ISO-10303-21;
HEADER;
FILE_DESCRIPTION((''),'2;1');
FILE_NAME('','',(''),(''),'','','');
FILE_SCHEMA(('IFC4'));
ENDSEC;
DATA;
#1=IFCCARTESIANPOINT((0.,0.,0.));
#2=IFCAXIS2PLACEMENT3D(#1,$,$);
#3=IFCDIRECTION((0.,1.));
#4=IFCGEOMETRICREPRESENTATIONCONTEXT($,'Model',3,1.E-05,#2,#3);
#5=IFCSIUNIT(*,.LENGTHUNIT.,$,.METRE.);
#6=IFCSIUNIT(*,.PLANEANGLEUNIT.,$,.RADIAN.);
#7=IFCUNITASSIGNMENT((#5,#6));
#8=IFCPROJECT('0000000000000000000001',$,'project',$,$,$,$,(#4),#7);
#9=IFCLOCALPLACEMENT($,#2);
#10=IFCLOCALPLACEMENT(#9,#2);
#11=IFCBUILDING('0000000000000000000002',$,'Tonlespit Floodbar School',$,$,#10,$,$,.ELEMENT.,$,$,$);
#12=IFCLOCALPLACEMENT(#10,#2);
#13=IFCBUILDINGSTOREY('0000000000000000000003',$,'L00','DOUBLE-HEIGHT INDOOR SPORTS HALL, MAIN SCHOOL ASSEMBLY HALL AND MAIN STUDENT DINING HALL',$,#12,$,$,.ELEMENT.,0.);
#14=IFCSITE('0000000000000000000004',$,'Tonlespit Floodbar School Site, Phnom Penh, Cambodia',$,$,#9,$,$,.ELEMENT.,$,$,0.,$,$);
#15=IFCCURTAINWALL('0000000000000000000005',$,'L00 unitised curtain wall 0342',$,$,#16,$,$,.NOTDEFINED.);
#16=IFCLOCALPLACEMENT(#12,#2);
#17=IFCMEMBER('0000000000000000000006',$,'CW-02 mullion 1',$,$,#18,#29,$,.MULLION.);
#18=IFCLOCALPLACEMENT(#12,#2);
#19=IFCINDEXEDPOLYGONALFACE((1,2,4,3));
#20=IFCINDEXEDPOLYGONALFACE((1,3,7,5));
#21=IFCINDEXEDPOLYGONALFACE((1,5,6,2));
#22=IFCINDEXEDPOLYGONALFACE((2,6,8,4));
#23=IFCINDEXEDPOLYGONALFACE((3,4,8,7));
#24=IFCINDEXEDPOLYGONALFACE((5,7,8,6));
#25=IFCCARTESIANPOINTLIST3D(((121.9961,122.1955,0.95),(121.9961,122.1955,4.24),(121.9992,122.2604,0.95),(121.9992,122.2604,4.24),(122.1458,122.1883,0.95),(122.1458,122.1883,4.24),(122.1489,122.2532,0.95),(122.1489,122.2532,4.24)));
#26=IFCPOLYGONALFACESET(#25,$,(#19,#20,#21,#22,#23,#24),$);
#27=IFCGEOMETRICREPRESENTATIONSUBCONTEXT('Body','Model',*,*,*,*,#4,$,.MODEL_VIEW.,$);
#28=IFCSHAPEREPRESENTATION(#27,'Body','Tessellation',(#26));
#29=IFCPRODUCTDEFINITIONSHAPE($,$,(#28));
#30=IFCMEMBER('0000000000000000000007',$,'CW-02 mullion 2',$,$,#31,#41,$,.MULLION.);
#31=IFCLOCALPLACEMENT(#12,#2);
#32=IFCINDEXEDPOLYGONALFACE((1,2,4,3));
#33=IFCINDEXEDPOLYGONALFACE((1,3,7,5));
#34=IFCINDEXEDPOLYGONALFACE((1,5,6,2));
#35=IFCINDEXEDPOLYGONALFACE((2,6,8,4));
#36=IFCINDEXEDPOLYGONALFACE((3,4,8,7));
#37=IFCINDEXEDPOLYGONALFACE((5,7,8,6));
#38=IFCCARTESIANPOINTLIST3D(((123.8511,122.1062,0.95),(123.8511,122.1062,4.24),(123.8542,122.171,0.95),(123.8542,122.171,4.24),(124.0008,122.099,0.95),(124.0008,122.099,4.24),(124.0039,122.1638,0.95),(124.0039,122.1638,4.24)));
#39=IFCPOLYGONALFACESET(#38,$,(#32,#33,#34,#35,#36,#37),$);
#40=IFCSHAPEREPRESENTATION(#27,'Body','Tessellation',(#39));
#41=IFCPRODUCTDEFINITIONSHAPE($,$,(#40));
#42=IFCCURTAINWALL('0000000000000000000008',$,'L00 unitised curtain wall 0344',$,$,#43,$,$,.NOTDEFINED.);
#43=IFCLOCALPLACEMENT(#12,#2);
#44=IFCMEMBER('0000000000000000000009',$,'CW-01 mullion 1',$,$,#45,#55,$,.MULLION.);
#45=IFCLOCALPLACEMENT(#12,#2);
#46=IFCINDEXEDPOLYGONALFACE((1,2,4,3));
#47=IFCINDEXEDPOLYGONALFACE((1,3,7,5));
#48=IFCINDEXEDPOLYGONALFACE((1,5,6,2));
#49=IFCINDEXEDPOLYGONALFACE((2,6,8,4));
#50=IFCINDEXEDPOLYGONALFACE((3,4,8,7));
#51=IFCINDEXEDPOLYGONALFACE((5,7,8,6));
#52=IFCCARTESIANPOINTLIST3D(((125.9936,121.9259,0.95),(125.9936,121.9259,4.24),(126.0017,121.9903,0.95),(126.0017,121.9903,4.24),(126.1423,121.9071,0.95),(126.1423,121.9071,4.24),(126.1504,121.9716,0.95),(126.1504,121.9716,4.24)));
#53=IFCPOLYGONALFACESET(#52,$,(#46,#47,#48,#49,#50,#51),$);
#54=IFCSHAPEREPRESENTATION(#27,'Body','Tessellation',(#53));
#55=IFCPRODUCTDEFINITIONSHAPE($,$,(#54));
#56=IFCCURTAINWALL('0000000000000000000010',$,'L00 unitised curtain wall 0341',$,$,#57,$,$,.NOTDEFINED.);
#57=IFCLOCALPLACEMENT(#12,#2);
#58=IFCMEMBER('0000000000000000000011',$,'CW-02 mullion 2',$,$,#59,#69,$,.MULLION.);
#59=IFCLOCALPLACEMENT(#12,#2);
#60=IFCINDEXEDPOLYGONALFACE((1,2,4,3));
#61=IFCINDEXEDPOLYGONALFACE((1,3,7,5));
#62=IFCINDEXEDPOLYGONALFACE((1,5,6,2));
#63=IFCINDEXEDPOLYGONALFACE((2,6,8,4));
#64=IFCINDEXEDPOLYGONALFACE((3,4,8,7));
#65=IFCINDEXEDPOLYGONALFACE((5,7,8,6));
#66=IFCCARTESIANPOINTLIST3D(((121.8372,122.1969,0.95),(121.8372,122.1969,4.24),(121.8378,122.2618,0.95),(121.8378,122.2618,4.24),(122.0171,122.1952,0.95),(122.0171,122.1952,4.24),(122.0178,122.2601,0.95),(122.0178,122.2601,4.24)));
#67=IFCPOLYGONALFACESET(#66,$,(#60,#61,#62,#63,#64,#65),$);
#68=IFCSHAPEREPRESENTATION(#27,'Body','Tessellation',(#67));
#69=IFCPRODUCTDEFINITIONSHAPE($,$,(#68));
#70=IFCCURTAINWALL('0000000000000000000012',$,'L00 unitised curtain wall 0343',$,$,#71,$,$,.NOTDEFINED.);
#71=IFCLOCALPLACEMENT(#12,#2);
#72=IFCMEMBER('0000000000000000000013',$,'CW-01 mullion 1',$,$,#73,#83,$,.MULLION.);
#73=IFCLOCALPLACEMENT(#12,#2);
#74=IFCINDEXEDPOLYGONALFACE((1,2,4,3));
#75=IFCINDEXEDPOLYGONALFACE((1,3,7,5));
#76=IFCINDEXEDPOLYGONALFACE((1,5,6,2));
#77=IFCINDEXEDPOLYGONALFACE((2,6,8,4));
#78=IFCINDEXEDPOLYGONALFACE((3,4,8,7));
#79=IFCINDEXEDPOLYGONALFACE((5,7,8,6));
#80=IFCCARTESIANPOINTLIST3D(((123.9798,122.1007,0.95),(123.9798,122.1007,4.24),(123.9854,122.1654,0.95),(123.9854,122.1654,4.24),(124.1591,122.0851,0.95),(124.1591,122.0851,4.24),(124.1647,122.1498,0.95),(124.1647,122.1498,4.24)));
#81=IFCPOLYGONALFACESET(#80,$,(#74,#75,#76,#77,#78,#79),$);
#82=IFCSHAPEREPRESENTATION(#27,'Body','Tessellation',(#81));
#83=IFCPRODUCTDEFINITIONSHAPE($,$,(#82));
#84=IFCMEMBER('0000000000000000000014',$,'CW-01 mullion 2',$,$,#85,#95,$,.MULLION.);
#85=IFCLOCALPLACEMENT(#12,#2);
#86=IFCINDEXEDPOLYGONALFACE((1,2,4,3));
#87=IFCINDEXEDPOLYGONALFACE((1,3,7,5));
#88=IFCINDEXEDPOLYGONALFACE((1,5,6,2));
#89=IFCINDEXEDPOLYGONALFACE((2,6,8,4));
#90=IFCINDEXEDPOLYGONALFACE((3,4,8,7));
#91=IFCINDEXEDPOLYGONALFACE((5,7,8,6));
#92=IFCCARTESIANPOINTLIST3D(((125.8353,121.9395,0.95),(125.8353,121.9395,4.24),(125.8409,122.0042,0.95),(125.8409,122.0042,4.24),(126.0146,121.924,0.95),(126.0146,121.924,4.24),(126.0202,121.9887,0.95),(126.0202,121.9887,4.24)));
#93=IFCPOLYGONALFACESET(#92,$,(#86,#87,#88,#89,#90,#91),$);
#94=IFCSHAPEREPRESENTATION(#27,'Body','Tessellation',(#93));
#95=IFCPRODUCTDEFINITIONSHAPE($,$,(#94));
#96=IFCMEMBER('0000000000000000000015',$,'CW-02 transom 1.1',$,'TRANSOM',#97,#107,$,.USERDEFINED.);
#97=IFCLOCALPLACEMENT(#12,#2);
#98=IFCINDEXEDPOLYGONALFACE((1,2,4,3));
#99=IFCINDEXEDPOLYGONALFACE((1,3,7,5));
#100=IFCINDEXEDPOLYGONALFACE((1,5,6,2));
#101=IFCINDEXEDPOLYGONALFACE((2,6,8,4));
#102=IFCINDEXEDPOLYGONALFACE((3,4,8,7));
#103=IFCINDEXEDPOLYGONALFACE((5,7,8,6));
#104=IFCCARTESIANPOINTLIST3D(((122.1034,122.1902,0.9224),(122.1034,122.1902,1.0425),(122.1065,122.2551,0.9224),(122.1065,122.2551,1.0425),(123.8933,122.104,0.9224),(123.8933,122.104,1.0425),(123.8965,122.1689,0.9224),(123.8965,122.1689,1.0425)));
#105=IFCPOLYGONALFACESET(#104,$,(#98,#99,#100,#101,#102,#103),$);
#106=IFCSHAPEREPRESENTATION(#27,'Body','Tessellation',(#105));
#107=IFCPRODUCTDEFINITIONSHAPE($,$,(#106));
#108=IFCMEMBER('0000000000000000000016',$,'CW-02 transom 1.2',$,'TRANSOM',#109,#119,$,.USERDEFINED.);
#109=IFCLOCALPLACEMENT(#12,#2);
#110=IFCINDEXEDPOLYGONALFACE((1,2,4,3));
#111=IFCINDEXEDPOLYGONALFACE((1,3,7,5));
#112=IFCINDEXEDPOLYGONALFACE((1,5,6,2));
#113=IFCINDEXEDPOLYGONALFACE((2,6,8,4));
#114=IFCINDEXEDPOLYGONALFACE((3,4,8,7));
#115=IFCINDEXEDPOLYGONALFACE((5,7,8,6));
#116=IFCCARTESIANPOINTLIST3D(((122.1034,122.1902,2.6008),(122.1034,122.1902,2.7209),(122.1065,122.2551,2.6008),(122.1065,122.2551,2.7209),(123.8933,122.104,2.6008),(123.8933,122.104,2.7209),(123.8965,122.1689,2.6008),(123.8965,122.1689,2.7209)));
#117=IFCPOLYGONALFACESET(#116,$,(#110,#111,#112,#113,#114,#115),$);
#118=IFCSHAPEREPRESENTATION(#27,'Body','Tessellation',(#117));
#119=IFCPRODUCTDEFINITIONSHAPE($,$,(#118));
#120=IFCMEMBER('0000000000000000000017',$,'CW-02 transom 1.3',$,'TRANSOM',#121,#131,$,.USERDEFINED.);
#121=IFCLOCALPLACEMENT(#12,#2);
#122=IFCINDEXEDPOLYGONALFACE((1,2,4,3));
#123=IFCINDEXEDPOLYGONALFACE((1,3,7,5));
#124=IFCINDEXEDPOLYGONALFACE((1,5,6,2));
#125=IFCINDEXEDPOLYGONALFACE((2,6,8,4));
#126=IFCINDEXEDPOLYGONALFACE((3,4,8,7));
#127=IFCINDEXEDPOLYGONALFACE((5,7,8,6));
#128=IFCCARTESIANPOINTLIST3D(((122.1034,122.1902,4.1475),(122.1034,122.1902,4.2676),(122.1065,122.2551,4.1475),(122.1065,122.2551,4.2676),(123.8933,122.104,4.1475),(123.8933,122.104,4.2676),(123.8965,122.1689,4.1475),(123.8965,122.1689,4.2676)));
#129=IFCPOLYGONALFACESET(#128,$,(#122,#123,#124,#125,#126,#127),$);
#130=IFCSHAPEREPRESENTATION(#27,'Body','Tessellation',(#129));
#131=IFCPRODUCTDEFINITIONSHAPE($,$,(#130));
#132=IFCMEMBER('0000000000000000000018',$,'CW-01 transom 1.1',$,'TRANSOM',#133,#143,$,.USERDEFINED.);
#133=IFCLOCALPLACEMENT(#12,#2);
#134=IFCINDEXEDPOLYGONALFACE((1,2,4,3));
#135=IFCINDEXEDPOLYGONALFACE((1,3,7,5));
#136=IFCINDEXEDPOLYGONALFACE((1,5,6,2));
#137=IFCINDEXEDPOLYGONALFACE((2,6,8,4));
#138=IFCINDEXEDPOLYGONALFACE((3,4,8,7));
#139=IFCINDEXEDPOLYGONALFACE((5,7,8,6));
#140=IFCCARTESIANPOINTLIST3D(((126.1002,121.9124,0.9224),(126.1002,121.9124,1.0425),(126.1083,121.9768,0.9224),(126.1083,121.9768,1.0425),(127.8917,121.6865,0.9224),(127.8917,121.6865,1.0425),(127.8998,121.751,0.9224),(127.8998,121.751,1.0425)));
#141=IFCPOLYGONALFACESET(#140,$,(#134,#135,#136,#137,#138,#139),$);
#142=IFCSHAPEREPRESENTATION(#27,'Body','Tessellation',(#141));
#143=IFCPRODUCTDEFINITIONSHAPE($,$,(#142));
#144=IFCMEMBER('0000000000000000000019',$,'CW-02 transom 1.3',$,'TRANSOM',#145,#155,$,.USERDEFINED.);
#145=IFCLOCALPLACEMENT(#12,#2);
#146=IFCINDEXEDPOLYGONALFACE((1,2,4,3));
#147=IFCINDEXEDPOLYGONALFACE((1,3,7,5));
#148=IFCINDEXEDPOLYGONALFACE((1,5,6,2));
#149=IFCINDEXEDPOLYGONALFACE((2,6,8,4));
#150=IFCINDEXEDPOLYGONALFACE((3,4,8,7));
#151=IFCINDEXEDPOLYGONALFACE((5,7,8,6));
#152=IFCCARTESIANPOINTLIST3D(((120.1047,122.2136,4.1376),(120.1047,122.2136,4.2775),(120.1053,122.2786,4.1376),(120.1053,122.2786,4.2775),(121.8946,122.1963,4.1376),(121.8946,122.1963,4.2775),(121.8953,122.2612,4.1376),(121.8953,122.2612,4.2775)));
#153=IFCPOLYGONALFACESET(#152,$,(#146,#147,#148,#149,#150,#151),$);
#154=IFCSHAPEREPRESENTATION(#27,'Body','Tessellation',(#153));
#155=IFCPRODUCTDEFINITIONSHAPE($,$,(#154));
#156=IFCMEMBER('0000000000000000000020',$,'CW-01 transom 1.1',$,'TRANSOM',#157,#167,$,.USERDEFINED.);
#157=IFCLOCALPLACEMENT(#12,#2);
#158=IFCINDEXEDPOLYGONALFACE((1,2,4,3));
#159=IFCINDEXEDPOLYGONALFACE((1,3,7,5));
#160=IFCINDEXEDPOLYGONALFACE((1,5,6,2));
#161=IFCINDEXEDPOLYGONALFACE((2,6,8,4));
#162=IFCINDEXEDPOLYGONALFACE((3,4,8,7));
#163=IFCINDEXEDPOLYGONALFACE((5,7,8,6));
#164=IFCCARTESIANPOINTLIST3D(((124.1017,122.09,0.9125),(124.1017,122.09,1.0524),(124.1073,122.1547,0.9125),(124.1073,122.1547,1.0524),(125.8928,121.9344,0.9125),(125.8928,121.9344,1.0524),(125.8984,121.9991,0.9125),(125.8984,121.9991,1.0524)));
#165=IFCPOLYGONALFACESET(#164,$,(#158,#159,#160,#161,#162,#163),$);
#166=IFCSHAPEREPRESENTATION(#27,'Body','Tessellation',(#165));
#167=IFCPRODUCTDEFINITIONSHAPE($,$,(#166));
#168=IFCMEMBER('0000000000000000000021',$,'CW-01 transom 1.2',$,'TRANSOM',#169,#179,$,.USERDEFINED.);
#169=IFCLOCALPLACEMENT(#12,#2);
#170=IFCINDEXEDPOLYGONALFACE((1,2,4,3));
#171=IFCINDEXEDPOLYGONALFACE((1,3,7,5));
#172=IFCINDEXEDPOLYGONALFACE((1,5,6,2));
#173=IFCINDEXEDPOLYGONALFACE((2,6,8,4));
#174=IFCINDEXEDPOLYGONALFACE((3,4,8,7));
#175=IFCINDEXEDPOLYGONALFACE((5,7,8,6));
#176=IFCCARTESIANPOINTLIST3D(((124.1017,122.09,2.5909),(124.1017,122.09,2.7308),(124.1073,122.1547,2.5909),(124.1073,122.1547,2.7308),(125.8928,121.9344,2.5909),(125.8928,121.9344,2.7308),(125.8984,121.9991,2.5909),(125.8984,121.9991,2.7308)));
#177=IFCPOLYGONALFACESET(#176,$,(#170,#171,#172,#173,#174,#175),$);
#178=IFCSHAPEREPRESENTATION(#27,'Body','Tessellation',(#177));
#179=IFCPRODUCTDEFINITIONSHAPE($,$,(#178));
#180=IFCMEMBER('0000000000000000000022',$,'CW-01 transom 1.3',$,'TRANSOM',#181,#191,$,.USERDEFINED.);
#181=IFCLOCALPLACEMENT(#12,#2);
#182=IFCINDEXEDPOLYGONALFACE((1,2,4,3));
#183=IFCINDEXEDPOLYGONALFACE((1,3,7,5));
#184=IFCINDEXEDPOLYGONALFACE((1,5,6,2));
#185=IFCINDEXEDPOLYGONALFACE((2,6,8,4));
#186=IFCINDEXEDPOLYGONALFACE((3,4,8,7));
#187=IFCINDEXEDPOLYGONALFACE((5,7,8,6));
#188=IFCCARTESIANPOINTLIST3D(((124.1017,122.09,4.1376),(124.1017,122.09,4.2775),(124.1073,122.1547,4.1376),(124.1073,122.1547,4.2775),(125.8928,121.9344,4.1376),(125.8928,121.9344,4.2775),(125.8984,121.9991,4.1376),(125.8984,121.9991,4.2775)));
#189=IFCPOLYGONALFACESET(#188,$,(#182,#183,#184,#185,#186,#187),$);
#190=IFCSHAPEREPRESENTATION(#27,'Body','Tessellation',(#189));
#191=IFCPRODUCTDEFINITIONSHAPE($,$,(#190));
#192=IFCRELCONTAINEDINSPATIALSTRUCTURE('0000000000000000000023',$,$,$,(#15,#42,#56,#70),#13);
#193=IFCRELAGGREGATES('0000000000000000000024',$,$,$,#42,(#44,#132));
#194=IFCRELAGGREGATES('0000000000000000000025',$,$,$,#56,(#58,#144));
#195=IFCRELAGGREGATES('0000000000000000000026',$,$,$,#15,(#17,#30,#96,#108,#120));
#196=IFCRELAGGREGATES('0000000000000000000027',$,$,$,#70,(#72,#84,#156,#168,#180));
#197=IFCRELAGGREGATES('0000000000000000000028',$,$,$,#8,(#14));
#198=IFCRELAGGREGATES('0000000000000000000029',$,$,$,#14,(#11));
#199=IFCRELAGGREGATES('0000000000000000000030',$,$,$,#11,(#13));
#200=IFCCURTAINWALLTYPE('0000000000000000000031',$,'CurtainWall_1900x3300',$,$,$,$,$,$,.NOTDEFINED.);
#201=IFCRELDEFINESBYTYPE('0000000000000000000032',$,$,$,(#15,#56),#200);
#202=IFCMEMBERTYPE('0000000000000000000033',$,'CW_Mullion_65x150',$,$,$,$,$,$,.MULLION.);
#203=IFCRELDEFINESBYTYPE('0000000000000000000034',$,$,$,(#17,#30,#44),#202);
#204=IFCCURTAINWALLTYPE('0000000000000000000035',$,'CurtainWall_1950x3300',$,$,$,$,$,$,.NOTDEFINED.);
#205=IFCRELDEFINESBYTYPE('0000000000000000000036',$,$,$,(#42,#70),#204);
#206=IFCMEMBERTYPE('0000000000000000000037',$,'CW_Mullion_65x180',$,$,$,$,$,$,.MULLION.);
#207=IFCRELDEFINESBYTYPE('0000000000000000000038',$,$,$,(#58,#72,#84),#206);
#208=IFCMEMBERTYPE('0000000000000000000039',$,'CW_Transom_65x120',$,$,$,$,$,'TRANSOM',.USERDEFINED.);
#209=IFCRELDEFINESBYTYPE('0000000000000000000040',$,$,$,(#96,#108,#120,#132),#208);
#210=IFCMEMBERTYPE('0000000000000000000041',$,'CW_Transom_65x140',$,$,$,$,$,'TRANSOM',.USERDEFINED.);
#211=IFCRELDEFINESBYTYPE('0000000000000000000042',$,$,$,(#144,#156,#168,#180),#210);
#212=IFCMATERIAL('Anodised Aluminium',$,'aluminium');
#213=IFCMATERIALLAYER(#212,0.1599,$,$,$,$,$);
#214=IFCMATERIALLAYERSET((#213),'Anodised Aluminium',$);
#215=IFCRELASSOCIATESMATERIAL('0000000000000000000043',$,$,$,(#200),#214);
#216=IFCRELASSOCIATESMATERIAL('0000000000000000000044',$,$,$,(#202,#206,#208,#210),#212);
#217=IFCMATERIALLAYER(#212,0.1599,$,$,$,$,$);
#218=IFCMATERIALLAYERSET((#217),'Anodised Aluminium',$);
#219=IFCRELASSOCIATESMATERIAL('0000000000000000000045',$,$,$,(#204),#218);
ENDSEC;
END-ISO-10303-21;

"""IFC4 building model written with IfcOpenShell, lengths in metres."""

from ifc_helpers import new_model, si_unit, direction, frame, origin, origin_2d, place, context, subcontext, project, spatial, rectangle, extrude, material, layer, layer_set, material_profile, profile_set, type_object, element, aggregate, save


model = new_model("IFC4")

# Units and contexts
model_context = context("Model", 3, precision=1e-05, world=origin(), true_north=direction((0.0, 1.0)))
body_context = subcontext(model_context, "Body", "Model", "MODEL_VIEW")
ifc_project = project(units=[si_unit("LENGTHUNIT", "METRE"), si_unit("PLANEANGLEUNIT", "RADIAN")], contexts=[model_context])

# Site, building, storey
site_placement = place(None, origin())
site = spatial("IfcSite", under=ifc_project, at=site_placement, Name="Tonlespit Floodbar School Site, Phnom Penh, Cambodia", CompositionType="ELEMENT", RefElevation=0.0)
building_placement = place(site_placement, origin())
building = spatial("IfcBuilding", under=site, at=building_placement, Name="Tonlespit Floodbar School", CompositionType="ELEMENT")
storey_placement = place(building_placement, origin())
storey = spatial("IfcBuildingStorey", under=building, at=storey_placement, Name="L00", Description="DOUBLE-HEIGHT INDOOR SPORTS HALL, MAIN SCHOOL ASSEMBLY HALL AND MAIN STUDENT DINING HALL", CompositionType="ELEMENT", Elevation=0.0)

# Curtain wall, members
ifc_material_1 = material(Name="Anodised Aluminium", Category="aluminium")
ifc_layer_1 = layer(ifc_material_1, 0.1599)
ifc_layer_set_1 = layer_set([ifc_layer_1], Name="Anodised Aluminium")
curtain_wall_type_1 = type_object("IfcCurtainWallType", Name="CurtainWall_1900x3300", PredefinedType="NOTDEFINED", material=ifc_layer_set_1)
curtain_wall_1_placement = place(storey_placement, origin())
curtain_wall_1 = element("IfcCurtainWall", 1, at=curtain_wall_1_placement, inside=storey, type_object=curtain_wall_type_1, Name="L00 unitised curtain wall 0342", PredefinedType="NOTDEFINED")
ifc_material_profile_1 = material_profile(ifc_material_1, rectangle(XDim=0.0649, YDim=0.1499, at=origin_2d()), Name="ALU M65x150")
ifc_profile_set_1 = profile_set([ifc_material_profile_1], Name="Anodised Aluminium")
member_type_1 = type_object("IfcMemberType", Name="CW_Mullion_65x150", PredefinedType="MULLION", material=ifc_profile_set_1)
member_1_placement = place(storey_placement, frame((122.0725, 122.2244, 0.95), z_axis=(0.0, 0.0, 1.0), x_axis=(0.048121, 0.998842, 0.0)))
member_1 = element("IfcMember", 2, at=member_1_placement, type_object=member_type_1, Name="CW-02 mullion 1", PredefinedType="MULLION", context=body_context, shape_type="SweptSolid", body=[
    extrude(rectangle(XDim=0.0649, YDim=0.1499, at=origin_2d()), origin(), (0.0, 0.0, 1.0), 3.29),
])
member_2_placement = place(storey_placement, frame((123.9275, 122.135, 0.95), z_axis=(0.0, 0.0, 1.0), x_axis=(0.048121, 0.998842, 0.0)))
member_2 = element("IfcMember", 3, at=member_2_placement, type_object=member_type_1, Name="CW-02 mullion 2", PredefinedType="MULLION", context=body_context, shape_type="SweptSolid", body=[
    extrude(rectangle(XDim=0.0649, YDim=0.1499, at=origin_2d()), origin(), (0.0, 0.0, 1.0), 3.29),
])

# Curtain walls, members
ifc_layer_2 = layer(ifc_material_1, 0.1599)
ifc_layer_set_2 = layer_set([ifc_layer_2], Name="Anodised Aluminium")
curtain_wall_type_2 = type_object("IfcCurtainWallType", Name="CurtainWall_1950x3300", PredefinedType="NOTDEFINED", material=ifc_layer_set_2)
curtain_wall_2_placement = place(storey_placement, origin())
curtain_wall_2 = element("IfcCurtainWall", 4, at=curtain_wall_2_placement, inside=storey, type_object=curtain_wall_type_2, Name="L00 unitised curtain wall 0344", PredefinedType="NOTDEFINED")
member_3_placement = place(storey_placement, frame((126.072, 121.9487, 0.95), z_axis=(0.0, 0.0, 1.0), x_axis=(0.125014, 0.992155, 0.0)))
member_3 = element("IfcMember", 5, at=member_3_placement, type_object=member_type_1, Name="CW-01 mullion 1", PredefinedType="MULLION", context=body_context, shape_type="SweptSolid", body=[
    extrude(rectangle(XDim=0.0649, YDim=0.1499, at=origin_2d()), origin(), (0.0, 0.0, 1.0), 3.29),
])
curtain_wall_3_placement = place(storey_placement, origin())
curtain_wall_3 = element("IfcCurtainWall", 6, at=curtain_wall_3_placement, inside=storey, type_object=curtain_wall_type_1, Name="L00 unitised curtain wall 0341", PredefinedType="NOTDEFINED")
ifc_material_profile_2 = material_profile(ifc_material_1, rectangle(XDim=0.0649, YDim=0.1799, at=origin_2d()), Name="ALU M65x180")
ifc_profile_set_2 = profile_set([ifc_material_profile_2], Name="Anodised Aluminium")
member_type_2 = type_object("IfcMemberType", Name="CW_Mullion_65x180", PredefinedType="MULLION", material=ifc_profile_set_2)
member_4_placement = place(storey_placement, frame((121.9275, 122.2285, 0.95), z_axis=(0.0, 0.0, 1.0), x_axis=(0.009583, 0.999954, 0.0)))
member_4 = element("IfcMember", 7, at=member_4_placement, type_object=member_type_2, Name="CW-02 mullion 2", PredefinedType="MULLION", context=body_context, shape_type="SweptSolid", body=[
    extrude(rectangle(XDim=0.0649, YDim=0.1799, at=origin_2d()), origin(), (0.0, 0.0, 1.0), 3.29),
])

# Curtain wall, members
curtain_wall_4_placement = place(storey_placement, origin())
curtain_wall_4 = element("IfcCurtainWall", 8, at=curtain_wall_4_placement, inside=storey, type_object=curtain_wall_type_2, Name="L00 unitised curtain wall 0343", PredefinedType="NOTDEFINED")
member_5_placement = place(storey_placement, frame((124.0723, 122.1252, 0.95), z_axis=(0.0, 0.0, 1.0), x_axis=(0.086531, 0.996249, 0.0)))
member_5 = element("IfcMember", 9, at=member_5_placement, type_object=member_type_2, Name="CW-01 mullion 1", PredefinedType="MULLION", context=body_context, shape_type="SweptSolid", body=[
    extrude(rectangle(XDim=0.0649, YDim=0.1799, at=origin_2d()), origin(), (0.0, 0.0, 1.0), 3.29),
])
member_6_placement = place(storey_placement, frame((125.9277, 121.9641, 0.95), z_axis=(0.0, 0.0, 1.0), x_axis=(0.086531, 0.996249, 0.0)))
member_6 = element("IfcMember", 10, at=member_6_placement, type_object=member_type_2, Name="CW-01 mullion 2", PredefinedType="MULLION", context=body_context, shape_type="SweptSolid", body=[
    extrude(rectangle(XDim=0.0649, YDim=0.1799, at=origin_2d()), origin(), (0.0, 0.0, 1.0), 3.29),
])

# Members
ifc_material_profile_3 = material_profile(ifc_material_1, rectangle(XDim=0.0649, YDim=0.1201, at=origin_2d()), Name="ALU T65x120")
ifc_profile_set_3 = profile_set([ifc_material_profile_3], Name="Anodised Aluminium")
member_type_3 = type_object("IfcMemberType", Name="CW_Transom_65x120", ElementType="TRANSOM", PredefinedType="USERDEFINED", material=ifc_profile_set_3)
member_7_placement = place(storey_placement, frame((122.105, 122.2227, 0.9824), z_axis=(0.998843, -0.048089, 0.0), x_axis=(0.048089, 0.998843, 0.0)))
member_7 = element("IfcMember", 11, at=member_7_placement, type_object=member_type_3, Name="CW-02 transom 1.1", ObjectType="TRANSOM", PredefinedType="USERDEFINED", context=body_context, shape_type="SweptSolid", body=[
    extrude(rectangle(XDim=0.0649, YDim=0.1201, at=origin_2d()), origin(), (0.0, 0.0, 1.0), 1.792),
])
member_8_placement = place(storey_placement, frame((122.105, 122.2227, 2.6609), z_axis=(0.998843, -0.048089, 0.0), x_axis=(0.048089, 0.998843, 0.0)))
member_8 = element("IfcMember", 12, at=member_8_placement, type_object=member_type_3, Name="CW-02 transom 1.2", ObjectType="TRANSOM", PredefinedType="USERDEFINED", context=body_context, shape_type="SweptSolid", body=[
    extrude(rectangle(XDim=0.0649, YDim=0.1201, at=origin_2d()), origin(), (0.0, 0.0, 1.0), 1.792),
])
member_9_placement = place(storey_placement, frame((122.105, 122.2227, 4.2075), z_axis=(0.998843, -0.048089, 0.0), x_axis=(0.048089, 0.998843, 0.0)))
member_9 = element("IfcMember", 13, at=member_9_placement, type_object=member_type_3, Name="CW-02 transom 1.3", ObjectType="TRANSOM", PredefinedType="USERDEFINED", context=body_context, shape_type="SweptSolid", body=[
    extrude(rectangle(XDim=0.0649, YDim=0.1201, at=origin_2d()), origin(), (0.0, 0.0, 1.0), 1.792),
])
member_10_placement = place(storey_placement, frame((126.1042, 121.9446, 0.9824), z_axis=(0.992148, -0.125066, 0.0), x_axis=(0.125066, 0.992148, 0.0)))
member_10 = element("IfcMember", 14, at=member_10_placement, type_object=member_type_3, Name="CW-01 transom 1.1", ObjectType="TRANSOM", PredefinedType="USERDEFINED", context=body_context, shape_type="SweptSolid", body=[
    extrude(rectangle(XDim=0.0649, YDim=0.1201, at=origin_2d()), origin(), (0.0, 0.0, 1.0), 1.8057),
])
aggregate(curtain_wall_2, [member_3, member_10])
ifc_material_profile_4 = material_profile(ifc_material_1, rectangle(XDim=0.0649, YDim=0.1399, at=origin_2d()), Name="ALU T65x140")
ifc_profile_set_4 = profile_set([ifc_material_profile_4], Name="Anodised Aluminium")
member_type_4 = type_object("IfcMemberType", Name="CW_Transom_65x140", ElementType="TRANSOM", PredefinedType="USERDEFINED", material=ifc_profile_set_4)
member_11_placement = place(storey_placement, frame((120.105, 122.2461, 4.2075), z_axis=(0.999953, -0.009683, 0.0), x_axis=(0.009683, 0.999953, 0.0)))
member_11 = element("IfcMember", 15, at=member_11_placement, type_object=member_type_4, Name="CW-02 transom 1.3", ObjectType="TRANSOM", PredefinedType="USERDEFINED", context=body_context, shape_type="SweptSolid", body=[
    extrude(rectangle(XDim=0.0649, YDim=0.1399, at=origin_2d()), origin(), (0.0, 0.0, 1.0), 1.79),
])
member_12_placement = place(storey_placement, frame((124.1045, 122.1223, 0.9824), z_axis=(0.996251, -0.086507, 0.0), x_axis=(0.086507, 0.996251, 0.0)))
member_12 = element("IfcMember", 16, at=member_12_placement, type_object=member_type_4, Name="CW-01 transom 1.1", ObjectType="TRANSOM", PredefinedType="USERDEFINED", context=body_context, shape_type="SweptSolid", body=[
    extrude(rectangle(XDim=0.0649, YDim=0.1399, at=origin_2d()), origin(), (0.0, 0.0, 1.0), 1.7979),
])
member_13_placement = place(storey_placement, frame((124.1045, 122.1223, 2.6609), z_axis=(0.996251, -0.086507, 0.0), x_axis=(0.086507, 0.996251, 0.0)))
member_13 = element("IfcMember", 17, at=member_13_placement, type_object=member_type_4, Name="CW-01 transom 1.2", ObjectType="TRANSOM", PredefinedType="USERDEFINED", context=body_context, shape_type="SweptSolid", body=[
    extrude(rectangle(XDim=0.0649, YDim=0.1399, at=origin_2d()), origin(), (0.0, 0.0, 1.0), 1.7979),
])
member_14_placement = place(storey_placement, frame((124.1045, 122.1223, 4.2075), z_axis=(0.996251, -0.086507, 0.0), x_axis=(0.086507, 0.996251, 0.0)))
member_14 = element("IfcMember", 18, at=member_14_placement, type_object=member_type_4, Name="CW-01 transom 1.3", ObjectType="TRANSOM", PredefinedType="USERDEFINED", context=body_context, shape_type="SweptSolid", body=[
    extrude(rectangle(XDim=0.0649, YDim=0.1399, at=origin_2d()), origin(), (0.0, 0.0, 1.0), 1.7979),
])

aggregate(curtain_wall_3, [member_4, member_11])
aggregate(curtain_wall_1, [member_1, member_2, member_7, member_8, member_9])
aggregate(curtain_wall_4, [member_5, member_6, member_12, member_13, member_14])

save(model, "model.ifc")
